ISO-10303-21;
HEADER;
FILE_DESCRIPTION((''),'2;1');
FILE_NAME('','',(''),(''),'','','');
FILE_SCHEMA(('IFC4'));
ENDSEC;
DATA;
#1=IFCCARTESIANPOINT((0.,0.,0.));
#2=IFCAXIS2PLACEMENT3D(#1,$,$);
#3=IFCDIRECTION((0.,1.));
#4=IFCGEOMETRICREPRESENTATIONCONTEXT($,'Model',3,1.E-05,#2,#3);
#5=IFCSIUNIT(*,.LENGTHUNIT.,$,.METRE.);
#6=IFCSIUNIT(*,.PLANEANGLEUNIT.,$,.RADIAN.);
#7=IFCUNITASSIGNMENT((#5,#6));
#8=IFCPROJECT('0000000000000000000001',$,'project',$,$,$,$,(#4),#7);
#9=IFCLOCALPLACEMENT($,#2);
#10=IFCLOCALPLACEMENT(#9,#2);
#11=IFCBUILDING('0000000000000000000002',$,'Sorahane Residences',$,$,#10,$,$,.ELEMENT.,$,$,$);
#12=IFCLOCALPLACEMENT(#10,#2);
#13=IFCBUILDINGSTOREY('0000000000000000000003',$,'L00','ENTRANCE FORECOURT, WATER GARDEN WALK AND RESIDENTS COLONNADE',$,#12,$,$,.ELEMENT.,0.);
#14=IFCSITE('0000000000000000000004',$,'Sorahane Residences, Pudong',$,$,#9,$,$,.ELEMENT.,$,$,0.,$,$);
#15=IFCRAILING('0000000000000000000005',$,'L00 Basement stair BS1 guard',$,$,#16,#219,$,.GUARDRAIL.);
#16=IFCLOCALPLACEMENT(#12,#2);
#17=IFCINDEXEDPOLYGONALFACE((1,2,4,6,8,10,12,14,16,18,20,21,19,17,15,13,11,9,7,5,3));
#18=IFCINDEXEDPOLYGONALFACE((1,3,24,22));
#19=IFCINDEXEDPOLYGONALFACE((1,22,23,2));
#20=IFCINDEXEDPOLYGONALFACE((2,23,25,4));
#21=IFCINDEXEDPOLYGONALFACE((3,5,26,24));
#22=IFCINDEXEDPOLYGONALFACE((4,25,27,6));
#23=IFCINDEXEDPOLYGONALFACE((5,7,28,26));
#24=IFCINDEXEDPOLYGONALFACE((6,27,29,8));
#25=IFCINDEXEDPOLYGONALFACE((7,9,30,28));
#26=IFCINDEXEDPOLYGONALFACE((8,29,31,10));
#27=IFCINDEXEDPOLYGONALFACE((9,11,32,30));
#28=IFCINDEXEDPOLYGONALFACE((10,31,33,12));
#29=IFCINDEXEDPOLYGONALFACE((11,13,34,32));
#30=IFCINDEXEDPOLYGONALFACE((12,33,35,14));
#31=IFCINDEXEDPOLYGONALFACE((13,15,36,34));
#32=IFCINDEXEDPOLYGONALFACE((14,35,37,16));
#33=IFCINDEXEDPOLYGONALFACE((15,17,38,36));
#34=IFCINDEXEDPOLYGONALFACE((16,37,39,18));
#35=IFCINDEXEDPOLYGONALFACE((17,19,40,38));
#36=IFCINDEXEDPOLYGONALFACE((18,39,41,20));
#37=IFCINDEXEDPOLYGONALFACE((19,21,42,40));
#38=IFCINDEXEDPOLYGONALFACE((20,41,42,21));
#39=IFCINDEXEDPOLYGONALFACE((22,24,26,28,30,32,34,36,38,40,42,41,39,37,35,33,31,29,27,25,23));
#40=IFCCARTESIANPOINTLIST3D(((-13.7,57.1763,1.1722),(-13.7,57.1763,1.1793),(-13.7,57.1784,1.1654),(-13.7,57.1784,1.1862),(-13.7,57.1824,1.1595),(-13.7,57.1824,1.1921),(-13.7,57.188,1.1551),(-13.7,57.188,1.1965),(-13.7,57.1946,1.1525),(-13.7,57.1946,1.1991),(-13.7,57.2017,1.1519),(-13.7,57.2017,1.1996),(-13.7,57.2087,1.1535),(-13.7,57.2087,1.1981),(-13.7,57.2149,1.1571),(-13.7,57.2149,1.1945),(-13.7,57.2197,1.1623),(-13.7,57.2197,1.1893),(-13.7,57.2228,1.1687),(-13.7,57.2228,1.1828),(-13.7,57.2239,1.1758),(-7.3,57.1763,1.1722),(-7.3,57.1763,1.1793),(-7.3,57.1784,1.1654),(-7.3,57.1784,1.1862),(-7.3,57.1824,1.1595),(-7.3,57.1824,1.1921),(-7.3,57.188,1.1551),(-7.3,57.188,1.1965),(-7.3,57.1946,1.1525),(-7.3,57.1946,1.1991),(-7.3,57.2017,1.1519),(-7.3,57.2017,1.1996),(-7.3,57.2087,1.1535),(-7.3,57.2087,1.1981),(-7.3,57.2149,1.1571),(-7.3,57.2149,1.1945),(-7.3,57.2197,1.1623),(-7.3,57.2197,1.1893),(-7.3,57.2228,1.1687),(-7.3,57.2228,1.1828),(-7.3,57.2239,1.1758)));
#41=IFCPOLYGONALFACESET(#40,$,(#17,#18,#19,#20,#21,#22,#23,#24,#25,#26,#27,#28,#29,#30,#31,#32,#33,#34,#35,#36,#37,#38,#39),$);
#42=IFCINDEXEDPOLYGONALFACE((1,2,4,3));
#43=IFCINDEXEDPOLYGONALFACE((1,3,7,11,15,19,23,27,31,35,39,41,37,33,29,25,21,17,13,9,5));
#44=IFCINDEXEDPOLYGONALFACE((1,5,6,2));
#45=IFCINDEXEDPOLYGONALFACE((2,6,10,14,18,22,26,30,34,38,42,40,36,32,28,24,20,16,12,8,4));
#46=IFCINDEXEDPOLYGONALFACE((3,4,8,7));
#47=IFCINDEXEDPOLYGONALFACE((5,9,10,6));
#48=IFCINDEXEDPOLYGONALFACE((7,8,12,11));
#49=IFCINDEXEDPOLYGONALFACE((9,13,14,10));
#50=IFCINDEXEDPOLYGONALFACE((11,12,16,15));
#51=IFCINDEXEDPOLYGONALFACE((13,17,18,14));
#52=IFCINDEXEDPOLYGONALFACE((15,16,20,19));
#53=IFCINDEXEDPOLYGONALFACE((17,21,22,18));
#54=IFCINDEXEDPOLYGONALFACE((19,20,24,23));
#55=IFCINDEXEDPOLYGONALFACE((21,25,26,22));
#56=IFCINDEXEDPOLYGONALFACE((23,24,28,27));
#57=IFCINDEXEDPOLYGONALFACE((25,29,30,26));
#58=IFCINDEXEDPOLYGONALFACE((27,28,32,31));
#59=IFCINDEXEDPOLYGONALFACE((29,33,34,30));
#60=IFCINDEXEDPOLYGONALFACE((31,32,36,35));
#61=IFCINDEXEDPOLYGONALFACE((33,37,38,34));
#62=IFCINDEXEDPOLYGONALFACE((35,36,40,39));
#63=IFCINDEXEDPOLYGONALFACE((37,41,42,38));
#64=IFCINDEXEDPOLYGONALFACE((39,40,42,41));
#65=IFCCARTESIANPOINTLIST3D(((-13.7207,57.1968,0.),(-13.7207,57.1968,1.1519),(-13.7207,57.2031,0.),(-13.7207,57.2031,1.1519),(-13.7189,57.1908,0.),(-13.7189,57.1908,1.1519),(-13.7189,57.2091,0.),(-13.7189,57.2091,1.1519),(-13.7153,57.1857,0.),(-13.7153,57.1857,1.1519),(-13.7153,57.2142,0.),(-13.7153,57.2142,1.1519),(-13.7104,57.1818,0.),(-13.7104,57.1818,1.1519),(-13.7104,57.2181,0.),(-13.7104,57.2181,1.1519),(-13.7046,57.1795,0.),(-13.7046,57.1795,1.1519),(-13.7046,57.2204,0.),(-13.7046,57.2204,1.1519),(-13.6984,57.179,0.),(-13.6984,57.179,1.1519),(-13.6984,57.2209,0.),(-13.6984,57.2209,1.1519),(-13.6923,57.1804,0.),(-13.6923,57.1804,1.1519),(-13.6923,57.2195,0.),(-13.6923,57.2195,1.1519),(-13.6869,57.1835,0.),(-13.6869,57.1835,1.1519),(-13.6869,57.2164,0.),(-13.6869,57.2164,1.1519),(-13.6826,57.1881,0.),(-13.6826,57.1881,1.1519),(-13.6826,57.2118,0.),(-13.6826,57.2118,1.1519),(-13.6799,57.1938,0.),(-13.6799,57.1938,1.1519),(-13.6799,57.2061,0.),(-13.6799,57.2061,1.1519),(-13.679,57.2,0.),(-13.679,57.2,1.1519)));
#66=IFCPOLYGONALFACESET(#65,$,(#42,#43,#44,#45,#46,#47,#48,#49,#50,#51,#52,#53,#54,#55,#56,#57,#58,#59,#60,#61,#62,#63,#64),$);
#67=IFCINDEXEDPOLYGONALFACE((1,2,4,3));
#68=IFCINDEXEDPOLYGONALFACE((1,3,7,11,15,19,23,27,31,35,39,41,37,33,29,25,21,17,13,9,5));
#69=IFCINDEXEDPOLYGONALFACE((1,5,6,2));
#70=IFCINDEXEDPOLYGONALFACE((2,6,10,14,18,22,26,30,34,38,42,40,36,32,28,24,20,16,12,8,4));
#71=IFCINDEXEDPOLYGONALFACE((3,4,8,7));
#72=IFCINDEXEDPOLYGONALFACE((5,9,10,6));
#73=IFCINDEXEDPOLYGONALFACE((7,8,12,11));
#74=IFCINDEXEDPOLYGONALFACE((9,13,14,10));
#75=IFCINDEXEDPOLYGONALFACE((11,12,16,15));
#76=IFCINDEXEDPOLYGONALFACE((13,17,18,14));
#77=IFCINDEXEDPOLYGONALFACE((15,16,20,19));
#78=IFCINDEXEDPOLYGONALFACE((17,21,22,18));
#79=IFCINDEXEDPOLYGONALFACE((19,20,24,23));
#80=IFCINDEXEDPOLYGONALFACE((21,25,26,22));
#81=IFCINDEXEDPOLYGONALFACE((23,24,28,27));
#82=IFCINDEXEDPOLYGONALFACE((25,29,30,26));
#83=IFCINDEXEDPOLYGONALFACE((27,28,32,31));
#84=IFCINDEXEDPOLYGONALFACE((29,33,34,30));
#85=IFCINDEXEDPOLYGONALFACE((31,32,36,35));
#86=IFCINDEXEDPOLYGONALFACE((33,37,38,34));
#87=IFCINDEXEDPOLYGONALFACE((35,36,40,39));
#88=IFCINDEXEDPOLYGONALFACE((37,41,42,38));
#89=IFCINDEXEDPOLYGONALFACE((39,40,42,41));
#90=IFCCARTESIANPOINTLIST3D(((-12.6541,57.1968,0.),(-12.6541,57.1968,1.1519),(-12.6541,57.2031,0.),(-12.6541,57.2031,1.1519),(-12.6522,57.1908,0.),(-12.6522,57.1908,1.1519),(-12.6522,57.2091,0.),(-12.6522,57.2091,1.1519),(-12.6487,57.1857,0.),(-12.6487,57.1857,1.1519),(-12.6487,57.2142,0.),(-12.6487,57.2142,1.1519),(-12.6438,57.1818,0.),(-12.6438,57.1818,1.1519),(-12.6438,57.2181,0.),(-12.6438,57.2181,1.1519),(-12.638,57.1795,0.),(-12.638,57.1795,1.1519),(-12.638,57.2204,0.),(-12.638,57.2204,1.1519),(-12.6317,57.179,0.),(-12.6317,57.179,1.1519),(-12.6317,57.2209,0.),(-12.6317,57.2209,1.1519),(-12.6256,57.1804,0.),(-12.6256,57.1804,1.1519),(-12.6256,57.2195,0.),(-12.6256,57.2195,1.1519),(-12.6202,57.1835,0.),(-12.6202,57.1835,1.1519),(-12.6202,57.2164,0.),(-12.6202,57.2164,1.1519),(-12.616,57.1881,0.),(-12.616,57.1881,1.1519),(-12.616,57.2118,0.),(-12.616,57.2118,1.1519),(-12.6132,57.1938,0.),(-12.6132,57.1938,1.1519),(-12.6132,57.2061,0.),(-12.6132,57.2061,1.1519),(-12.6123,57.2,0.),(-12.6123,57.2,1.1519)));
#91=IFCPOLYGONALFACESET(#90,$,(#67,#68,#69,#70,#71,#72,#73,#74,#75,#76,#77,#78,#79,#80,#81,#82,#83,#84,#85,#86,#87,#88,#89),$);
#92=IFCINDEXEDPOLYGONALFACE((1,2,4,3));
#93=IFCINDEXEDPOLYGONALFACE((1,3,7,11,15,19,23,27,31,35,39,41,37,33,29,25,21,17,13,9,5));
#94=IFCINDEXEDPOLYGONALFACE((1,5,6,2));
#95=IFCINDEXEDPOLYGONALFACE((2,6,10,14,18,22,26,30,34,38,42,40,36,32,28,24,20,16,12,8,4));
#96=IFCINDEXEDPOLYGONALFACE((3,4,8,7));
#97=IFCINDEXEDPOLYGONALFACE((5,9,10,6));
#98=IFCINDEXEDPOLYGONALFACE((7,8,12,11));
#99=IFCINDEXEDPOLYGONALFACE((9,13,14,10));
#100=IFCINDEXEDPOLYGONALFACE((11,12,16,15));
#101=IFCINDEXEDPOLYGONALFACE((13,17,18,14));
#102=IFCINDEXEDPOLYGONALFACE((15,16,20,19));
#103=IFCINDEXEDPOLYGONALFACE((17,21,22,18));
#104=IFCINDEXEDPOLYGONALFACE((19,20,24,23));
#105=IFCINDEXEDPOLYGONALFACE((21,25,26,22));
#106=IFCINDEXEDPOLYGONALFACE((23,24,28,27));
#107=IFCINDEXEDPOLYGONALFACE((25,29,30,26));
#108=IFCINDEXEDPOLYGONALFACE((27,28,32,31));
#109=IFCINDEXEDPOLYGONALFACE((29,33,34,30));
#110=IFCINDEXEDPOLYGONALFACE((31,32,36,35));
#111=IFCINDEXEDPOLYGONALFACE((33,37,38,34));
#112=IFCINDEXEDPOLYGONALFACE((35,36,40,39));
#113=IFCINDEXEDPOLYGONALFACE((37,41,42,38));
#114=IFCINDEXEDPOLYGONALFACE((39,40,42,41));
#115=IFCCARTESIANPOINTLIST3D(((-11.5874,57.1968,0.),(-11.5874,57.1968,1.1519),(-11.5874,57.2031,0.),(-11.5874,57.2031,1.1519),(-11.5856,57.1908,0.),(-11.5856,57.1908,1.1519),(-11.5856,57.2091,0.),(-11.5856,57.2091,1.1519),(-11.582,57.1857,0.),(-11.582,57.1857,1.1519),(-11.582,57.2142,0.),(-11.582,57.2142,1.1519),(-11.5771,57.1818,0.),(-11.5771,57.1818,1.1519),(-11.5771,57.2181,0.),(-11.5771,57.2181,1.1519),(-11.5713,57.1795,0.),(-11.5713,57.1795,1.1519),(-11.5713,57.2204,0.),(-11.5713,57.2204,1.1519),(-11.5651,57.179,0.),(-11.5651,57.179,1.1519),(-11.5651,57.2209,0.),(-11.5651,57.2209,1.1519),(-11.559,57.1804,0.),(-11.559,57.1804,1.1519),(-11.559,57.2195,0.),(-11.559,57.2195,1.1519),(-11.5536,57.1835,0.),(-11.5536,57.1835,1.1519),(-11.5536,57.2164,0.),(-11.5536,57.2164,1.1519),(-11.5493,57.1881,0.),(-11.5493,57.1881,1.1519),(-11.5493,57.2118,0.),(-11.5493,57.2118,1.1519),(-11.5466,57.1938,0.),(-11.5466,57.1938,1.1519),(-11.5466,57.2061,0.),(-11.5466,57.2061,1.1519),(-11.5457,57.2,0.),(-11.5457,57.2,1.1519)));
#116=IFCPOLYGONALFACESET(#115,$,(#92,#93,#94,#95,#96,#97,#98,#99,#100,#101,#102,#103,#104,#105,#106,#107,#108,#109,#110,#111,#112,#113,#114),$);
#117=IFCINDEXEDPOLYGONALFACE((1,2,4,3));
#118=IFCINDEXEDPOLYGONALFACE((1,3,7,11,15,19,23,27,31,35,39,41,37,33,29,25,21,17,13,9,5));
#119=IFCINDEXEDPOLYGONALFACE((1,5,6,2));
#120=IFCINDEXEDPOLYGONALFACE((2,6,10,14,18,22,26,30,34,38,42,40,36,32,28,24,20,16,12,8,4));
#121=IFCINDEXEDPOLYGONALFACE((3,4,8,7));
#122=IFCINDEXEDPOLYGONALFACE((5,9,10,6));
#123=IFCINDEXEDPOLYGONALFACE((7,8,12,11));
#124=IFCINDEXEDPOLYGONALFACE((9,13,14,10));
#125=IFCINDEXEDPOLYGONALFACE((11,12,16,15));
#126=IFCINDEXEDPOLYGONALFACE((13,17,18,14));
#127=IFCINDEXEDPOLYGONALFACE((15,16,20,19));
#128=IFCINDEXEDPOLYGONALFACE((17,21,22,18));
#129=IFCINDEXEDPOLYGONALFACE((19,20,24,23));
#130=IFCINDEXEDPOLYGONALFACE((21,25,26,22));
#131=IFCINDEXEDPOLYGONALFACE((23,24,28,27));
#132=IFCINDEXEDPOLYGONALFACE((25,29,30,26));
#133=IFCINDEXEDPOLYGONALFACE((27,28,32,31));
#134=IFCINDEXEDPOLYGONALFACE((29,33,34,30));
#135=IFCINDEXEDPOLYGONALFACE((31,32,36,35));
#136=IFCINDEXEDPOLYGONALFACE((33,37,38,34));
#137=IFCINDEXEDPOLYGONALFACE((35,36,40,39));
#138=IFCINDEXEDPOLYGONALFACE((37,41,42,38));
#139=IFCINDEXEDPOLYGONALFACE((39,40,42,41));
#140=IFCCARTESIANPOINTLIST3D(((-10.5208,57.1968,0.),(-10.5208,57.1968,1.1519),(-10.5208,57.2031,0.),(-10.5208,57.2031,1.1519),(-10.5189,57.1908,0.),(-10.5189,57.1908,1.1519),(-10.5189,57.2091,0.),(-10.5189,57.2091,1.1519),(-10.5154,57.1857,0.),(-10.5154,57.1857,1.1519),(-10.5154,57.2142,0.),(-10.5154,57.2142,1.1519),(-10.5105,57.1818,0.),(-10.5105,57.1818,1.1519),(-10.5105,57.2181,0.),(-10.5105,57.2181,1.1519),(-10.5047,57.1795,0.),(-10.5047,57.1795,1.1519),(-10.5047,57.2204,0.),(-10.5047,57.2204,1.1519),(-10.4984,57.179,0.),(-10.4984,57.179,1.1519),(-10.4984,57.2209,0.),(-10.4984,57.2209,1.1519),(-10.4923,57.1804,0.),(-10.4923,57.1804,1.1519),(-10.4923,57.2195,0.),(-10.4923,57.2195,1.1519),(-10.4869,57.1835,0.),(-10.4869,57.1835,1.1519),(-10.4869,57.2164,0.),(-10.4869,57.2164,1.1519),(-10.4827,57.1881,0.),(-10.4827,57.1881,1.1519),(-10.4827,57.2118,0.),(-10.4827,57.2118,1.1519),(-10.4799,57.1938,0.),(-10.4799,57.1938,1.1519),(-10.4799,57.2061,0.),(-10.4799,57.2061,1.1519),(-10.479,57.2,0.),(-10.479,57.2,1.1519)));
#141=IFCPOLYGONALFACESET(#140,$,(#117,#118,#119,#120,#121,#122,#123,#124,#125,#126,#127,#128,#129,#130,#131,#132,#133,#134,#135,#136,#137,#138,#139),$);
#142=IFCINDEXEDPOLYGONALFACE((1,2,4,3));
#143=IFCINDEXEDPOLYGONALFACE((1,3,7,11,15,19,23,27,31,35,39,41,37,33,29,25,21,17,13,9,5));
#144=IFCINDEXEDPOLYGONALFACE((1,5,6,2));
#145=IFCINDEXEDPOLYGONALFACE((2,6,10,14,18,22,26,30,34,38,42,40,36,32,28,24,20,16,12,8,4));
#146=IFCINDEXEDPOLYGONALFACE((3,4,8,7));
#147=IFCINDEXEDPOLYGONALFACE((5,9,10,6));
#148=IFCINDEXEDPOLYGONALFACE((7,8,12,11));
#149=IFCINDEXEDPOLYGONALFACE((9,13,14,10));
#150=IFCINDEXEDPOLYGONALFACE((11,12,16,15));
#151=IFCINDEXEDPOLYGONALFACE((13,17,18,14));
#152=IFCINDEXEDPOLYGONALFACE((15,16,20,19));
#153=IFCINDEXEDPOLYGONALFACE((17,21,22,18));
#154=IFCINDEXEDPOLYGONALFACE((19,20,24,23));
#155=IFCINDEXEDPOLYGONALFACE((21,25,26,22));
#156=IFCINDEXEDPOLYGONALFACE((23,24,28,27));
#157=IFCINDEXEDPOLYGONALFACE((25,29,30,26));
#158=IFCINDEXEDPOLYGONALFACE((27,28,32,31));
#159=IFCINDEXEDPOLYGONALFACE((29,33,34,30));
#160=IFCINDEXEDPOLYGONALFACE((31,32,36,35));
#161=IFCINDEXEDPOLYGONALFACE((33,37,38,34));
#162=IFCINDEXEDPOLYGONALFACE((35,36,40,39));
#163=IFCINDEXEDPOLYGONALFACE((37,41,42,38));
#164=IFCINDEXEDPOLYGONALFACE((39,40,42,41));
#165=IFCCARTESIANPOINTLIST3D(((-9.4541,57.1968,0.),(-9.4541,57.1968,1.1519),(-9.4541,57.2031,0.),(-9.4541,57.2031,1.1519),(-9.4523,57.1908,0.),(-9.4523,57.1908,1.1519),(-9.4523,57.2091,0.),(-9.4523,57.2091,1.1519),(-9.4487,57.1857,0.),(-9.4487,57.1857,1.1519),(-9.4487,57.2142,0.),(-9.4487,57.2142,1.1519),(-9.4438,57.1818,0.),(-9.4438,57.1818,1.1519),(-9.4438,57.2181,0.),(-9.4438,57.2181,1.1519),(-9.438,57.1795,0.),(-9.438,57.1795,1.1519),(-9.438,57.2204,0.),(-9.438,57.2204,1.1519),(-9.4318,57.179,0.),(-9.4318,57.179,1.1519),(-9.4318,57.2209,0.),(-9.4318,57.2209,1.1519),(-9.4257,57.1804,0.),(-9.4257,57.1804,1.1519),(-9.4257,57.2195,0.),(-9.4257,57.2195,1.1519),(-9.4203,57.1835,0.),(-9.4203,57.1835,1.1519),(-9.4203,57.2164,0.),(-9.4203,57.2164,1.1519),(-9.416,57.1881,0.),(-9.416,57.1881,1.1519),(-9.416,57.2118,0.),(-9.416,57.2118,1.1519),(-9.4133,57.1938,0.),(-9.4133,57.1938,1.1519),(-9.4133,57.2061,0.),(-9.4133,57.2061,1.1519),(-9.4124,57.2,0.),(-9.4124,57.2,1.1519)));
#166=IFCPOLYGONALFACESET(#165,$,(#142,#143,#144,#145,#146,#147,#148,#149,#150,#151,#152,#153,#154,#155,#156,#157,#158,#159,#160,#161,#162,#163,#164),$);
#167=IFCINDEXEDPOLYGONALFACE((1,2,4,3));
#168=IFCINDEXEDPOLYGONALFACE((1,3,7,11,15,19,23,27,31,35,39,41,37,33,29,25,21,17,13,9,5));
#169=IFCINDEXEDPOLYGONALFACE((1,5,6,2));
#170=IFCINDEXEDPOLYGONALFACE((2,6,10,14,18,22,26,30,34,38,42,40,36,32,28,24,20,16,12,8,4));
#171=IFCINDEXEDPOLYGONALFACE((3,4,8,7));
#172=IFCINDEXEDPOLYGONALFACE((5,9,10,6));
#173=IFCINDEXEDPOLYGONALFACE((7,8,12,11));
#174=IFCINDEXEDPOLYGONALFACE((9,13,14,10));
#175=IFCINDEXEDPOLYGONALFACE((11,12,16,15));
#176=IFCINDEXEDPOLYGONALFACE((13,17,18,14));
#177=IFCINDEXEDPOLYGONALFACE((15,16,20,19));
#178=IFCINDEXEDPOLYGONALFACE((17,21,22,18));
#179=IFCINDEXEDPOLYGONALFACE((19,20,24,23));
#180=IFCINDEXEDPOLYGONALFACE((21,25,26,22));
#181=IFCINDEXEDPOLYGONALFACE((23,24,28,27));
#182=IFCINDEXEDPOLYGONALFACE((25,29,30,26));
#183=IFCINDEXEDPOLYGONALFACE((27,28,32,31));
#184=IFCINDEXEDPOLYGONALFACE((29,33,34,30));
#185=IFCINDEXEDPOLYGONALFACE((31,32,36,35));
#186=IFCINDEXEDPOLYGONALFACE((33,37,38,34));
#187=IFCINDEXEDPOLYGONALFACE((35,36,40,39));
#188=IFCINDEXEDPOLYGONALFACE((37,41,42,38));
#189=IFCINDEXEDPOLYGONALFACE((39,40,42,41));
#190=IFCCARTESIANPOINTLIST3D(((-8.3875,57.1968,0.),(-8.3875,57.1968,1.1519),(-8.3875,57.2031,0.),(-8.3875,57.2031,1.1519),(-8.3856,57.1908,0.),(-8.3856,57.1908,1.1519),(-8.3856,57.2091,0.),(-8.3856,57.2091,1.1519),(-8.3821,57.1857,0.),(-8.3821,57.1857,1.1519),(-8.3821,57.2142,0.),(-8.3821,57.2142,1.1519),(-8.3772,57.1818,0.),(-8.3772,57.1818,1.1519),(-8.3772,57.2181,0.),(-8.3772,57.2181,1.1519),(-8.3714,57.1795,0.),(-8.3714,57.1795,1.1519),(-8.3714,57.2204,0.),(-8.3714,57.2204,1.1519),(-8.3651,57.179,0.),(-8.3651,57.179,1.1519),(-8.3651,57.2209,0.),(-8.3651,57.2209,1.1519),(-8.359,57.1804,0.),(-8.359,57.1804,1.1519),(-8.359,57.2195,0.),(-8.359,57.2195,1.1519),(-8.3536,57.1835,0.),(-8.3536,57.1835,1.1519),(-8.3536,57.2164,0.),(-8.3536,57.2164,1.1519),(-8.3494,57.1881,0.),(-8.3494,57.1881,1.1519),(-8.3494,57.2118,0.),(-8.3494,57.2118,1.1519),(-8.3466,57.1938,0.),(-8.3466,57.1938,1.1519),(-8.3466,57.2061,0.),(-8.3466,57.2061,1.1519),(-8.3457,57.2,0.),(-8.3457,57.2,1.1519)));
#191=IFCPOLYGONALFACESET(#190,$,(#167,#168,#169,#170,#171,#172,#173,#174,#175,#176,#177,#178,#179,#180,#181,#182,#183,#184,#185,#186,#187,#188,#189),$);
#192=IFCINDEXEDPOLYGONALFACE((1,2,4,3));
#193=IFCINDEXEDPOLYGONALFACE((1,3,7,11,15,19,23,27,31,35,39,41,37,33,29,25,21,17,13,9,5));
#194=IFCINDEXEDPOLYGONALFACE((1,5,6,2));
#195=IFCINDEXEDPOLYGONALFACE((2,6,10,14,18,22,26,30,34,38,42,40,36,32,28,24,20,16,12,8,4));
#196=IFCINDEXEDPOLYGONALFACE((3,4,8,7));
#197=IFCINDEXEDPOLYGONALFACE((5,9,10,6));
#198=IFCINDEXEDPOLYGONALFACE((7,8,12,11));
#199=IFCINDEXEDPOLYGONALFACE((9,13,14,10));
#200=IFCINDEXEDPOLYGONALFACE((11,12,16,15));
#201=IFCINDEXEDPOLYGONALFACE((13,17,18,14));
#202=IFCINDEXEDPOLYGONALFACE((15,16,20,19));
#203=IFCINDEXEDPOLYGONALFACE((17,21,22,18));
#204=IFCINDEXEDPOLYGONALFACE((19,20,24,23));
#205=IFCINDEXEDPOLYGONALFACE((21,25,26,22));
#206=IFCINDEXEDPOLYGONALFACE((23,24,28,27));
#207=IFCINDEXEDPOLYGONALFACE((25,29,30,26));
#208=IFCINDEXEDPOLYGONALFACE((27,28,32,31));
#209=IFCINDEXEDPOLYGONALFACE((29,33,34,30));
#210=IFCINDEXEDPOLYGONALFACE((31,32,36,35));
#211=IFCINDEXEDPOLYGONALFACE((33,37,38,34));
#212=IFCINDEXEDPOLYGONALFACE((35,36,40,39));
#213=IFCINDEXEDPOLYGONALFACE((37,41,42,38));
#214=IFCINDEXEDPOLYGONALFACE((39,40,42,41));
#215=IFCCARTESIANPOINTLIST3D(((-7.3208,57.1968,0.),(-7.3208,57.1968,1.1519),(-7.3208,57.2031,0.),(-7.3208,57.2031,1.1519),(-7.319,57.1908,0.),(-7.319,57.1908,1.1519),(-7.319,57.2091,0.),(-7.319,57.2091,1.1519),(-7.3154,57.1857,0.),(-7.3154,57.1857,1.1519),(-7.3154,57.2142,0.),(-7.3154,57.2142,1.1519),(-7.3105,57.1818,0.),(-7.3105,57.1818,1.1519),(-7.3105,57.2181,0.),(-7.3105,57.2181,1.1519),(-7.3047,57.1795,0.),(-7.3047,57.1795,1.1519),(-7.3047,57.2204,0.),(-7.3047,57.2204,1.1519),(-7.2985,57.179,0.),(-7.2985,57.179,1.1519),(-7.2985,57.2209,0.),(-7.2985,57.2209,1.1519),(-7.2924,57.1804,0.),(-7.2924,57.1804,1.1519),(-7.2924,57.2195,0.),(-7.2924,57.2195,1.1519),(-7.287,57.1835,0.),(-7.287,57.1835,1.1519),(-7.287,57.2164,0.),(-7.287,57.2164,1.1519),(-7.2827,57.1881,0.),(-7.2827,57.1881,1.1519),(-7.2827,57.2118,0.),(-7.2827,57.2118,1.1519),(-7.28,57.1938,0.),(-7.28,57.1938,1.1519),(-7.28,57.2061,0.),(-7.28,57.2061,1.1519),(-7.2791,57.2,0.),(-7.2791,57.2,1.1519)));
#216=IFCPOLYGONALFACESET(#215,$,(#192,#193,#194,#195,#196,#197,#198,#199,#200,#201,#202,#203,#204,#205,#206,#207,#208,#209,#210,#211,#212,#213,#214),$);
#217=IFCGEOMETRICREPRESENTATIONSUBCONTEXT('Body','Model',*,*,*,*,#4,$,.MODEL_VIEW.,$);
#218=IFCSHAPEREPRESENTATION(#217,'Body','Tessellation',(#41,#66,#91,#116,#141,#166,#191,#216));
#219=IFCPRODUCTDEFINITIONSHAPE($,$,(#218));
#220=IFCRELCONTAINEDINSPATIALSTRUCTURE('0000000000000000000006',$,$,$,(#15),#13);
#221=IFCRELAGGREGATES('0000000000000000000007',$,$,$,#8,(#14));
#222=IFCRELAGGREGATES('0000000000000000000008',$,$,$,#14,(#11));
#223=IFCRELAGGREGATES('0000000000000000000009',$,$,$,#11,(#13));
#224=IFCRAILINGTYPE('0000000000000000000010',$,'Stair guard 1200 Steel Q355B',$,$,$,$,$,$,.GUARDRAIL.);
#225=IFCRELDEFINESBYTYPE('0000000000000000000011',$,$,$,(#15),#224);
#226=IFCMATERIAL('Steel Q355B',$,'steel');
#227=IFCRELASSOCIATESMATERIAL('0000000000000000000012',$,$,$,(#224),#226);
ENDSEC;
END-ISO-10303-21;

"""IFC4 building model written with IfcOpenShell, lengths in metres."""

from ifc_helpers import new_model, si_unit, direction, frame, origin, origin_2d, place, context, subcontext, project, spatial, circle, extrude, material, type_object, element, save


model = new_model("IFC4")

# Units and contexts
model_context = context("Model", 3, precision=1e-05, world=origin(), true_north=direction((0.0, 1.0)))
body_context = subcontext(model_context, "Body", "Model", "MODEL_VIEW")
ifc_project = project(units=[si_unit("LENGTHUNIT", "METRE"), si_unit("PLANEANGLEUNIT", "RADIAN")], contexts=[model_context])

# Site, building, storey
site_placement = place(None, origin())
site = spatial("IfcSite", under=ifc_project, at=site_placement, Name="Sorahane Residences, Pudong", CompositionType="ELEMENT", RefElevation=0.0)
building_placement = place(site_placement, origin())
building = spatial("IfcBuilding", under=site, at=building_placement, Name="Sorahane Residences", CompositionType="ELEMENT")
storey_placement = place(building_placement, origin())
storey = spatial("IfcBuildingStorey", under=building, at=storey_placement, Name="L00", Description="ENTRANCE FORECOURT, WATER GARDEN WALK AND RESIDENTS COLONNADE", CompositionType="ELEMENT", Elevation=0.0)

# Railing
ifc_material_1 = material(Name="Steel Q355B", Category="steel")
railing_type = type_object("IfcRailingType", Name="Stair guard 1200 Steel Q355B", PredefinedType="GUARDRAIL", material=ifc_material_1)
railing_1_placement = place(storey_placement, frame((-13.7, 57.2, 0.0)))
element("IfcRailing", 1, at=railing_1_placement, inside=storey, type_object=railing_type, Name="L00 Basement stair BS1 guard", PredefinedType="GUARDRAIL", context=body_context, shape_type="SweptSolid", body=[
    extrude(circle(Radius=0.0239, at=origin_2d()), frame((0.0, 0.0, 1.1758), z_axis=(1.0, 0.0, 0.0), x_axis=(0.0, 1.0, 0.0)), (0.0, 0.0, 1.0), 6.3999),
    extrude(circle(Radius=0.021, at=origin_2d()), origin(), (0.0, 0.0, 1.0), 1.1519),
    extrude(circle(Radius=0.021, at=origin_2d()), frame((1.0667, 0.0, 0.0)), (0.0, 0.0, 1.0), 1.1519),
    extrude(circle(Radius=0.021, at=origin_2d()), frame((2.1333, 0.0, 0.0)), (0.0, 0.0, 1.0), 1.1519),
    extrude(circle(Radius=0.021, at=origin_2d()), frame((3.2, 0.0, 0.0)), (0.0, 0.0, 1.0), 1.1519),
    extrude(circle(Radius=0.021, at=origin_2d()), frame((4.2666, 0.0, 0.0)), (0.0, 0.0, 1.0), 1.1519),
    extrude(circle(Radius=0.021, at=origin_2d()), frame((5.3333, 0.0, 0.0)), (0.0, 0.0, 1.0), 1.1519),
    extrude(circle(Radius=0.021, at=origin_2d()), frame((6.3999, 0.0, 0.0)), (0.0, 0.0, 1.0), 1.1519),
])

save(model, "model.ifc")
